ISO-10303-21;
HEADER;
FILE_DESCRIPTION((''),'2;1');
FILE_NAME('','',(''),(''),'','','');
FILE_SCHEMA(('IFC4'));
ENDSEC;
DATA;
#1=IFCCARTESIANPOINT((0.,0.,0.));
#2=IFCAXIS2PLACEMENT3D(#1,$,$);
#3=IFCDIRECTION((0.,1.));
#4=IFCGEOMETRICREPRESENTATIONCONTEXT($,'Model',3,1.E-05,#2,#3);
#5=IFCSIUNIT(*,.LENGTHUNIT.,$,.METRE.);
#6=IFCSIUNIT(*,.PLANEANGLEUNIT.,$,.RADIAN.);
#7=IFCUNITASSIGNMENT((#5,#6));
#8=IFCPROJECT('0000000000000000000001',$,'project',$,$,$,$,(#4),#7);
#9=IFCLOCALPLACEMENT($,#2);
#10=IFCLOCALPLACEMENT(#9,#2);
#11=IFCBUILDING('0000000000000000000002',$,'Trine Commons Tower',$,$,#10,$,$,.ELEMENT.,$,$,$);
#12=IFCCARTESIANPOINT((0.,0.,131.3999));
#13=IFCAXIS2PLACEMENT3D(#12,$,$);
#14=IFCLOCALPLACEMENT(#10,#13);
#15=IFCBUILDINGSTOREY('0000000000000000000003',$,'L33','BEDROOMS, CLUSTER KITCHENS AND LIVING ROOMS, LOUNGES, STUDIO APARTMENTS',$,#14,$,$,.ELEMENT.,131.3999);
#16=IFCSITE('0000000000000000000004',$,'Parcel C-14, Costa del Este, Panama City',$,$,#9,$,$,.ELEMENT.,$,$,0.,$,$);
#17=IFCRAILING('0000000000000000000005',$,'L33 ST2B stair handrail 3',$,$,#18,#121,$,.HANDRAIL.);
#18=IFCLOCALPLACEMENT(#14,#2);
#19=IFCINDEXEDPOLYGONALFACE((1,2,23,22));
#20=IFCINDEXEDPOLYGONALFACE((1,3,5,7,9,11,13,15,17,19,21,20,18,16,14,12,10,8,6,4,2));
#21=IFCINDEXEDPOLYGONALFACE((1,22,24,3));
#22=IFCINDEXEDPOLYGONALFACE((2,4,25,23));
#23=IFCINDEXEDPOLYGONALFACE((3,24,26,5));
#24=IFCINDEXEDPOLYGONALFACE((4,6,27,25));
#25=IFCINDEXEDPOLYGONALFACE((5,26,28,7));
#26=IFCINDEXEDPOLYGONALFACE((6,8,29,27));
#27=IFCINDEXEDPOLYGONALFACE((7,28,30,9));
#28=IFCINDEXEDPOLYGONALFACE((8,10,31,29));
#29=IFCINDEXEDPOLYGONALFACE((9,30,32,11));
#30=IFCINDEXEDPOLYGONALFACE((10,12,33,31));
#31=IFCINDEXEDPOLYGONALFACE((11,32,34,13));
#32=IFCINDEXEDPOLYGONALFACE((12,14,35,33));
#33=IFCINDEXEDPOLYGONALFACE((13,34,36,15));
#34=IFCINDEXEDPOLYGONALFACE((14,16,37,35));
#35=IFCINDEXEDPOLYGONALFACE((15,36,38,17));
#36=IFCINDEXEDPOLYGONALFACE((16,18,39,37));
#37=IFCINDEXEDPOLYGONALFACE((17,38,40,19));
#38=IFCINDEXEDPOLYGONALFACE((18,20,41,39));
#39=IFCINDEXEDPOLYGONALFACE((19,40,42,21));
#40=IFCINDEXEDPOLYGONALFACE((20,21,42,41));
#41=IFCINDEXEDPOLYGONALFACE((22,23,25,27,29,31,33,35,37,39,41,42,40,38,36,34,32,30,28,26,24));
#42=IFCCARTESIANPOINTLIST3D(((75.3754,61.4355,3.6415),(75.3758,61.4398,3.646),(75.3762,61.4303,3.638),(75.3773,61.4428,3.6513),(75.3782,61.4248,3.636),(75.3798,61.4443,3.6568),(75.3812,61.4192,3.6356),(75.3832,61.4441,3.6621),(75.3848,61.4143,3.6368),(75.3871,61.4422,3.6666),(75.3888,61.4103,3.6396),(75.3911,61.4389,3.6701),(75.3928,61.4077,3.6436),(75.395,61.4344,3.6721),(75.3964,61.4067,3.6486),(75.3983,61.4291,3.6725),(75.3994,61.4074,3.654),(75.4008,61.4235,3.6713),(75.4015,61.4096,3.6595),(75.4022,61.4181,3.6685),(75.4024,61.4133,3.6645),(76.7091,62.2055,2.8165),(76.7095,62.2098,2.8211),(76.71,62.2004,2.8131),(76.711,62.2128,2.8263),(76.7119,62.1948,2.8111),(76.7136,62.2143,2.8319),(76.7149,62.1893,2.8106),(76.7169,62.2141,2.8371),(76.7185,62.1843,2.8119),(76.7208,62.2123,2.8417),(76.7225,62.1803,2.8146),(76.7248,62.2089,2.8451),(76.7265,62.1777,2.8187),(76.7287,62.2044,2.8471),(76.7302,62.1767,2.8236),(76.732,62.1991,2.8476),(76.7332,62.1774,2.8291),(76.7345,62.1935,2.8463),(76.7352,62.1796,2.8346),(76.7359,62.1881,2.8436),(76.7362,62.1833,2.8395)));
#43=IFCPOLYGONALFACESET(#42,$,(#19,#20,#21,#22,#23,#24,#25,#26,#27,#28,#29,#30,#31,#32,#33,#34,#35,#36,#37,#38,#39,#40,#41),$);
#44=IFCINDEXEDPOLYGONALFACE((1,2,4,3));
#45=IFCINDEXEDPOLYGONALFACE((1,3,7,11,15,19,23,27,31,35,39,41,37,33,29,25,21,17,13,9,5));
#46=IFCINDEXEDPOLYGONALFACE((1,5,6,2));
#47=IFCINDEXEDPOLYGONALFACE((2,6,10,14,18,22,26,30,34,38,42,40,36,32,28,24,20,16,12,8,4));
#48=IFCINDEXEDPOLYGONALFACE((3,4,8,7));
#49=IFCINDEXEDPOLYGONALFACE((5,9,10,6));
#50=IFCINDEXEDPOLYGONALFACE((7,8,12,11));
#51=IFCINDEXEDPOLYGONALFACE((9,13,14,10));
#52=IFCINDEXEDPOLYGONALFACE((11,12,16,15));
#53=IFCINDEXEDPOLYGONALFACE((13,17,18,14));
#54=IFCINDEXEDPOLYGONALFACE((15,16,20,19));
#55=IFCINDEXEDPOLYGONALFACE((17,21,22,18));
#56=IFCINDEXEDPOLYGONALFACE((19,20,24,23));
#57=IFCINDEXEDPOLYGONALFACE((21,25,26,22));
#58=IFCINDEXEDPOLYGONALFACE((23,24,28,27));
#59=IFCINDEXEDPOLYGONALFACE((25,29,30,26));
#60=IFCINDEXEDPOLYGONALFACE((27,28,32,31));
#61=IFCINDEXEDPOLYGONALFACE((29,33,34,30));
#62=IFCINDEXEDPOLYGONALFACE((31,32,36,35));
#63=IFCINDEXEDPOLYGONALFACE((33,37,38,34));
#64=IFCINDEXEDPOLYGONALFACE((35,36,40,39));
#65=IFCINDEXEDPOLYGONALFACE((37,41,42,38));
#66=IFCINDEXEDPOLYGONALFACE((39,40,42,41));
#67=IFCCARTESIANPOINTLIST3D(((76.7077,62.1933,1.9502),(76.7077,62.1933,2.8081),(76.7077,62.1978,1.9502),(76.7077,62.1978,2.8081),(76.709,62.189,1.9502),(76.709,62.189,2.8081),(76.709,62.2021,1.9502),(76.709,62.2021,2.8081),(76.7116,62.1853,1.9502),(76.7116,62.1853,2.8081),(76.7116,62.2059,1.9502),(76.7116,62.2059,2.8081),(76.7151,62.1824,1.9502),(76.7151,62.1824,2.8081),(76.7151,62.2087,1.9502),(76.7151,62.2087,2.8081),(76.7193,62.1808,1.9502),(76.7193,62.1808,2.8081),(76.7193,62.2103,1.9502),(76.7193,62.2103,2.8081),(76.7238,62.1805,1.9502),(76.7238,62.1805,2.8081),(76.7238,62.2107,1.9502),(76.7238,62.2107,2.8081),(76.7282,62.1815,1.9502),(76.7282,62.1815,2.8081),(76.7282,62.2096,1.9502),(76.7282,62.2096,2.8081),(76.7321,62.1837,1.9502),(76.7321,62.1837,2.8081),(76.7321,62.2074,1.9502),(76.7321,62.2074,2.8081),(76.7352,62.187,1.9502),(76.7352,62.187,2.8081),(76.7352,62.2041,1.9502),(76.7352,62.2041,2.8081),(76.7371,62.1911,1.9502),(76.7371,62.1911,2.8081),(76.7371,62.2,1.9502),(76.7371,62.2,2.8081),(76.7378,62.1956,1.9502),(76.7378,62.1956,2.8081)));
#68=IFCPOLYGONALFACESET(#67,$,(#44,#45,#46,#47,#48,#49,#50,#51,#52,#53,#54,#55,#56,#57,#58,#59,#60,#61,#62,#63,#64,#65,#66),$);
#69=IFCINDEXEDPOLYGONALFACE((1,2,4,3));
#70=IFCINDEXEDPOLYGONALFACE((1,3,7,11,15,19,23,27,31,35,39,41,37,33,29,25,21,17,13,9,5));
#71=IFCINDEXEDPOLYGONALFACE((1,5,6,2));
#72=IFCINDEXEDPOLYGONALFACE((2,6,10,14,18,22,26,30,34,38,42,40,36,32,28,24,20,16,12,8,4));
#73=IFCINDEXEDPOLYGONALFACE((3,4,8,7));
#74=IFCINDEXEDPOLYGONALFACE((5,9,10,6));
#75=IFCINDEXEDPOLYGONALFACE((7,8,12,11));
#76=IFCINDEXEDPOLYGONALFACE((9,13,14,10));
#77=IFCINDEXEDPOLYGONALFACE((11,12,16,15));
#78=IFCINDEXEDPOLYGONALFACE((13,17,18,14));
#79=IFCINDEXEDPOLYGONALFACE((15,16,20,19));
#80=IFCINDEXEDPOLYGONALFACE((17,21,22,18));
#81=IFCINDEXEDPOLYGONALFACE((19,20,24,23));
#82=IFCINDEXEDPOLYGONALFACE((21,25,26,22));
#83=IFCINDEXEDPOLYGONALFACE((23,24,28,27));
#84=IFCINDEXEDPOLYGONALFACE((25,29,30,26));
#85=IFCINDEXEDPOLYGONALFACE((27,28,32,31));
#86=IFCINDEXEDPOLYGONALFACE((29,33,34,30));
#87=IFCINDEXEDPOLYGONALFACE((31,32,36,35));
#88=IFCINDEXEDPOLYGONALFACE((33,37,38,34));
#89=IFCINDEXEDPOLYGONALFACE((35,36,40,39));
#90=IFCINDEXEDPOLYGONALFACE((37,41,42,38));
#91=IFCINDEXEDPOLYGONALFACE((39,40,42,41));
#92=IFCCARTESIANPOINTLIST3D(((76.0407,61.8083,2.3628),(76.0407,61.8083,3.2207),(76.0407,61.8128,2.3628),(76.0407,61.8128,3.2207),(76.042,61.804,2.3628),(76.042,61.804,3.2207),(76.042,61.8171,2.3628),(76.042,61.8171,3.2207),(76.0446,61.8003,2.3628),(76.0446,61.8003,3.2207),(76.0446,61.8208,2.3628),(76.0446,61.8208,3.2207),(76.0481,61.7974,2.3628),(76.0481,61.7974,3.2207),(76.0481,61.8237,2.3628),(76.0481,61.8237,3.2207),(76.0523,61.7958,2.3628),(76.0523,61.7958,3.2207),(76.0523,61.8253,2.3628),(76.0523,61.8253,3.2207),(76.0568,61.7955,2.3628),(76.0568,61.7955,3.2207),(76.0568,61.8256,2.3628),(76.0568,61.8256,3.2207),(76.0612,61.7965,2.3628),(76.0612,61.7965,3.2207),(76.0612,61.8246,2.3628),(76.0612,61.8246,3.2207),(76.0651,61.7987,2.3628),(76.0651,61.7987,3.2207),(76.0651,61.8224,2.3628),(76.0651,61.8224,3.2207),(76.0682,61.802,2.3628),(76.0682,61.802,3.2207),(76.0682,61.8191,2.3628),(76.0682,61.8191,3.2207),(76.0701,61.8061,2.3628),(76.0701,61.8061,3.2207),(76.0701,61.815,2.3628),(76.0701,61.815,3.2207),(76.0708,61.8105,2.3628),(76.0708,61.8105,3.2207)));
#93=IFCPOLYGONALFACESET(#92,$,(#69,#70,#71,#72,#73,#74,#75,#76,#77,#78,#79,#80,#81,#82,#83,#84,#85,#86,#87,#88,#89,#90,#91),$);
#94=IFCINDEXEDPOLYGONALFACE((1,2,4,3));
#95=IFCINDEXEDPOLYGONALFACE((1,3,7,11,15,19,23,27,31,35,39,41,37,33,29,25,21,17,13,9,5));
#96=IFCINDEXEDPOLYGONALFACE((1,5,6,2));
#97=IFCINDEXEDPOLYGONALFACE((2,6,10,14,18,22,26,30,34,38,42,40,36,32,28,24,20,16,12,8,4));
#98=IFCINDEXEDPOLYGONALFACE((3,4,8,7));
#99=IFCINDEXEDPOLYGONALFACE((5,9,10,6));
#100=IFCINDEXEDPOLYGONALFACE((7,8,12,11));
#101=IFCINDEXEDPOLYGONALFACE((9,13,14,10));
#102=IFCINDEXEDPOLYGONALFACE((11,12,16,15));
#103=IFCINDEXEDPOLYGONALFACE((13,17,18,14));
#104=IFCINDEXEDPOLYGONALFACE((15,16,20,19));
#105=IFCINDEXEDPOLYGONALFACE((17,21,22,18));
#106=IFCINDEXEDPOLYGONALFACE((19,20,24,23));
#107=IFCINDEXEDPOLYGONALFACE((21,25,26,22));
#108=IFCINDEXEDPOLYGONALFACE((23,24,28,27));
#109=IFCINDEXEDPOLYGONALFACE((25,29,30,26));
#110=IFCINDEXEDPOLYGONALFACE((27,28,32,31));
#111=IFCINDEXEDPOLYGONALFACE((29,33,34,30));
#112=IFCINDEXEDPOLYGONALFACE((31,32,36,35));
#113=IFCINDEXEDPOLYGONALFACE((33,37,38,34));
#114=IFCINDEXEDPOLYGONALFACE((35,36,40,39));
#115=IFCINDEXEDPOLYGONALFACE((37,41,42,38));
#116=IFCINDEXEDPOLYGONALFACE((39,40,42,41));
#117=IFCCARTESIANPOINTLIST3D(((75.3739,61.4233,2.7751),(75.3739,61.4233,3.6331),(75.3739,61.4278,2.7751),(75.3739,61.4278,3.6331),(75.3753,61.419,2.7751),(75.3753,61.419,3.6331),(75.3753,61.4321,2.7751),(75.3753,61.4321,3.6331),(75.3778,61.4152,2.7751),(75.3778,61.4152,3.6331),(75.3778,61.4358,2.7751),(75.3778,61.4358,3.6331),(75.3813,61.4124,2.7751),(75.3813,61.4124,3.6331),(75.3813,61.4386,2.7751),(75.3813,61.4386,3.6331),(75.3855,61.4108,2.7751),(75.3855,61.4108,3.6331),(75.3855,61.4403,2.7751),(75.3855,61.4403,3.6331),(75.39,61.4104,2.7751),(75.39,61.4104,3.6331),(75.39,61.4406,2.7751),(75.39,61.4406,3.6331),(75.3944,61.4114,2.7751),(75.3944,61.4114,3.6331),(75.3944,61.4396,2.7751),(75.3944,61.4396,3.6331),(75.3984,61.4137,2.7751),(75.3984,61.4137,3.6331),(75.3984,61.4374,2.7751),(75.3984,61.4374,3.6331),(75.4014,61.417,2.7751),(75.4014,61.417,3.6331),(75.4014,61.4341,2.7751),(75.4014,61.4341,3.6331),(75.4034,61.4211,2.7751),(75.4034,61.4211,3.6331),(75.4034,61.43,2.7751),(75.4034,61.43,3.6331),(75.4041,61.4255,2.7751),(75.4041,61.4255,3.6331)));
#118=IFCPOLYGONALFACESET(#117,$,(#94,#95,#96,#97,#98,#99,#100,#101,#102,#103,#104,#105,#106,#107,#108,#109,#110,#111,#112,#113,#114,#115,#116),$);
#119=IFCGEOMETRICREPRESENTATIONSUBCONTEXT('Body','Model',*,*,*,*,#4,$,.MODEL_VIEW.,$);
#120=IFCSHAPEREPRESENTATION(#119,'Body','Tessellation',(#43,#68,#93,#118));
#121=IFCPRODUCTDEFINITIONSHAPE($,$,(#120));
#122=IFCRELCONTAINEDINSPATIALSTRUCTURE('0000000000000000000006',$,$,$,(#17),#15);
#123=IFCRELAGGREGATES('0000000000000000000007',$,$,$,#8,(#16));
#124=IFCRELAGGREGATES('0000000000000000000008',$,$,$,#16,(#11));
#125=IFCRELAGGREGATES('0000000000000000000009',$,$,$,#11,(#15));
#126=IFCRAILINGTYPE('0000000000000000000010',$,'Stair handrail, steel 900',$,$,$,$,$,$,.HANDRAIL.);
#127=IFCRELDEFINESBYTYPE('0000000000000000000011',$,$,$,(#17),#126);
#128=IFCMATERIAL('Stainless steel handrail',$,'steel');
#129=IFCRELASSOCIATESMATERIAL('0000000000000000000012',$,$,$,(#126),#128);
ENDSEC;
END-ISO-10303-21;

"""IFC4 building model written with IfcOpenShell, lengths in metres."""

from ifc_helpers import new_model, si_unit, direction, frame, origin, origin_2d, place, context, subcontext, project, spatial, circle, extrude, material, type_object, element, save


model = new_model("IFC4")

# Units and contexts
model_context = context("Model", 3, precision=1e-05, world=origin(), true_north=direction((0.0, 1.0)))
body_context = subcontext(model_context, "Body", "Model", "MODEL_VIEW")
ifc_project = project(units=[si_unit("LENGTHUNIT", "METRE"), si_unit("PLANEANGLEUNIT", "RADIAN")], contexts=[model_context])

# Site, building, storey
site_placement = place(None, origin())
site = spatial("IfcSite", under=ifc_project, at=site_placement, Name="Parcel C-14, Costa del Este, Panama City", CompositionType="ELEMENT", RefElevation=0.0)
building_placement = place(site_placement, origin())
building = spatial("IfcBuilding", under=site, at=building_placement, Name="Trine Commons Tower", CompositionType="ELEMENT")
storey_placement = place(building_placement, frame((0.0, 0.0, 131.3999)))
storey = spatial("IfcBuildingStorey", under=building, at=storey_placement, Name="L33", Description="BEDROOMS, CLUSTER KITCHENS AND LIVING ROOMS, LOUNGES, STUDIO APARTMENTS", CompositionType="ELEMENT", Elevation=131.3999)

# Railing
ifc_material_1 = material(Name="Stainless steel handrail", Category="steel")
railing_type_1 = type_object("IfcRailingType", Name="Stair handrail, steel 900", PredefinedType="HANDRAIL", material=ifc_material_1)
for number, where, name in (
    (1, (76.7227, 62.1956, 1.9502), "L33 ST2B stair handrail 3"),
):
    element("IfcRailing", number, at=place(storey_placement, frame(where)), inside=storey, type_object=railing_type_1, Name=name, PredefinedType="HANDRAIL", context=body_context, shape_type="SweptSolid", body=[
        extrude(circle(Radius=0.021, at=origin_2d()), frame((0.0, 0.0, 0.8789), z_axis=(-0.763405, -0.440743, 0.472185), x_axis=(0.499992, -0.86603, 0.0)), (0.0, 0.0, 1.0), 1.7471),
        extrude(circle(Radius=0.0151, at=origin_2d()), origin(), (0.0, 0.0, 1.0), 0.8579),
        extrude(circle(Radius=0.0151, at=origin_2d()), frame((-0.667, -0.385, 0.4126)), (0.0, 0.0, 1.0), 0.8579),
        extrude(circle(Radius=0.0151, at=origin_2d()), frame((-1.3337, -0.77, 0.825)), (0.0, 0.0, 1.0), 0.8579),
    ])

save(model, "model.ifc")
